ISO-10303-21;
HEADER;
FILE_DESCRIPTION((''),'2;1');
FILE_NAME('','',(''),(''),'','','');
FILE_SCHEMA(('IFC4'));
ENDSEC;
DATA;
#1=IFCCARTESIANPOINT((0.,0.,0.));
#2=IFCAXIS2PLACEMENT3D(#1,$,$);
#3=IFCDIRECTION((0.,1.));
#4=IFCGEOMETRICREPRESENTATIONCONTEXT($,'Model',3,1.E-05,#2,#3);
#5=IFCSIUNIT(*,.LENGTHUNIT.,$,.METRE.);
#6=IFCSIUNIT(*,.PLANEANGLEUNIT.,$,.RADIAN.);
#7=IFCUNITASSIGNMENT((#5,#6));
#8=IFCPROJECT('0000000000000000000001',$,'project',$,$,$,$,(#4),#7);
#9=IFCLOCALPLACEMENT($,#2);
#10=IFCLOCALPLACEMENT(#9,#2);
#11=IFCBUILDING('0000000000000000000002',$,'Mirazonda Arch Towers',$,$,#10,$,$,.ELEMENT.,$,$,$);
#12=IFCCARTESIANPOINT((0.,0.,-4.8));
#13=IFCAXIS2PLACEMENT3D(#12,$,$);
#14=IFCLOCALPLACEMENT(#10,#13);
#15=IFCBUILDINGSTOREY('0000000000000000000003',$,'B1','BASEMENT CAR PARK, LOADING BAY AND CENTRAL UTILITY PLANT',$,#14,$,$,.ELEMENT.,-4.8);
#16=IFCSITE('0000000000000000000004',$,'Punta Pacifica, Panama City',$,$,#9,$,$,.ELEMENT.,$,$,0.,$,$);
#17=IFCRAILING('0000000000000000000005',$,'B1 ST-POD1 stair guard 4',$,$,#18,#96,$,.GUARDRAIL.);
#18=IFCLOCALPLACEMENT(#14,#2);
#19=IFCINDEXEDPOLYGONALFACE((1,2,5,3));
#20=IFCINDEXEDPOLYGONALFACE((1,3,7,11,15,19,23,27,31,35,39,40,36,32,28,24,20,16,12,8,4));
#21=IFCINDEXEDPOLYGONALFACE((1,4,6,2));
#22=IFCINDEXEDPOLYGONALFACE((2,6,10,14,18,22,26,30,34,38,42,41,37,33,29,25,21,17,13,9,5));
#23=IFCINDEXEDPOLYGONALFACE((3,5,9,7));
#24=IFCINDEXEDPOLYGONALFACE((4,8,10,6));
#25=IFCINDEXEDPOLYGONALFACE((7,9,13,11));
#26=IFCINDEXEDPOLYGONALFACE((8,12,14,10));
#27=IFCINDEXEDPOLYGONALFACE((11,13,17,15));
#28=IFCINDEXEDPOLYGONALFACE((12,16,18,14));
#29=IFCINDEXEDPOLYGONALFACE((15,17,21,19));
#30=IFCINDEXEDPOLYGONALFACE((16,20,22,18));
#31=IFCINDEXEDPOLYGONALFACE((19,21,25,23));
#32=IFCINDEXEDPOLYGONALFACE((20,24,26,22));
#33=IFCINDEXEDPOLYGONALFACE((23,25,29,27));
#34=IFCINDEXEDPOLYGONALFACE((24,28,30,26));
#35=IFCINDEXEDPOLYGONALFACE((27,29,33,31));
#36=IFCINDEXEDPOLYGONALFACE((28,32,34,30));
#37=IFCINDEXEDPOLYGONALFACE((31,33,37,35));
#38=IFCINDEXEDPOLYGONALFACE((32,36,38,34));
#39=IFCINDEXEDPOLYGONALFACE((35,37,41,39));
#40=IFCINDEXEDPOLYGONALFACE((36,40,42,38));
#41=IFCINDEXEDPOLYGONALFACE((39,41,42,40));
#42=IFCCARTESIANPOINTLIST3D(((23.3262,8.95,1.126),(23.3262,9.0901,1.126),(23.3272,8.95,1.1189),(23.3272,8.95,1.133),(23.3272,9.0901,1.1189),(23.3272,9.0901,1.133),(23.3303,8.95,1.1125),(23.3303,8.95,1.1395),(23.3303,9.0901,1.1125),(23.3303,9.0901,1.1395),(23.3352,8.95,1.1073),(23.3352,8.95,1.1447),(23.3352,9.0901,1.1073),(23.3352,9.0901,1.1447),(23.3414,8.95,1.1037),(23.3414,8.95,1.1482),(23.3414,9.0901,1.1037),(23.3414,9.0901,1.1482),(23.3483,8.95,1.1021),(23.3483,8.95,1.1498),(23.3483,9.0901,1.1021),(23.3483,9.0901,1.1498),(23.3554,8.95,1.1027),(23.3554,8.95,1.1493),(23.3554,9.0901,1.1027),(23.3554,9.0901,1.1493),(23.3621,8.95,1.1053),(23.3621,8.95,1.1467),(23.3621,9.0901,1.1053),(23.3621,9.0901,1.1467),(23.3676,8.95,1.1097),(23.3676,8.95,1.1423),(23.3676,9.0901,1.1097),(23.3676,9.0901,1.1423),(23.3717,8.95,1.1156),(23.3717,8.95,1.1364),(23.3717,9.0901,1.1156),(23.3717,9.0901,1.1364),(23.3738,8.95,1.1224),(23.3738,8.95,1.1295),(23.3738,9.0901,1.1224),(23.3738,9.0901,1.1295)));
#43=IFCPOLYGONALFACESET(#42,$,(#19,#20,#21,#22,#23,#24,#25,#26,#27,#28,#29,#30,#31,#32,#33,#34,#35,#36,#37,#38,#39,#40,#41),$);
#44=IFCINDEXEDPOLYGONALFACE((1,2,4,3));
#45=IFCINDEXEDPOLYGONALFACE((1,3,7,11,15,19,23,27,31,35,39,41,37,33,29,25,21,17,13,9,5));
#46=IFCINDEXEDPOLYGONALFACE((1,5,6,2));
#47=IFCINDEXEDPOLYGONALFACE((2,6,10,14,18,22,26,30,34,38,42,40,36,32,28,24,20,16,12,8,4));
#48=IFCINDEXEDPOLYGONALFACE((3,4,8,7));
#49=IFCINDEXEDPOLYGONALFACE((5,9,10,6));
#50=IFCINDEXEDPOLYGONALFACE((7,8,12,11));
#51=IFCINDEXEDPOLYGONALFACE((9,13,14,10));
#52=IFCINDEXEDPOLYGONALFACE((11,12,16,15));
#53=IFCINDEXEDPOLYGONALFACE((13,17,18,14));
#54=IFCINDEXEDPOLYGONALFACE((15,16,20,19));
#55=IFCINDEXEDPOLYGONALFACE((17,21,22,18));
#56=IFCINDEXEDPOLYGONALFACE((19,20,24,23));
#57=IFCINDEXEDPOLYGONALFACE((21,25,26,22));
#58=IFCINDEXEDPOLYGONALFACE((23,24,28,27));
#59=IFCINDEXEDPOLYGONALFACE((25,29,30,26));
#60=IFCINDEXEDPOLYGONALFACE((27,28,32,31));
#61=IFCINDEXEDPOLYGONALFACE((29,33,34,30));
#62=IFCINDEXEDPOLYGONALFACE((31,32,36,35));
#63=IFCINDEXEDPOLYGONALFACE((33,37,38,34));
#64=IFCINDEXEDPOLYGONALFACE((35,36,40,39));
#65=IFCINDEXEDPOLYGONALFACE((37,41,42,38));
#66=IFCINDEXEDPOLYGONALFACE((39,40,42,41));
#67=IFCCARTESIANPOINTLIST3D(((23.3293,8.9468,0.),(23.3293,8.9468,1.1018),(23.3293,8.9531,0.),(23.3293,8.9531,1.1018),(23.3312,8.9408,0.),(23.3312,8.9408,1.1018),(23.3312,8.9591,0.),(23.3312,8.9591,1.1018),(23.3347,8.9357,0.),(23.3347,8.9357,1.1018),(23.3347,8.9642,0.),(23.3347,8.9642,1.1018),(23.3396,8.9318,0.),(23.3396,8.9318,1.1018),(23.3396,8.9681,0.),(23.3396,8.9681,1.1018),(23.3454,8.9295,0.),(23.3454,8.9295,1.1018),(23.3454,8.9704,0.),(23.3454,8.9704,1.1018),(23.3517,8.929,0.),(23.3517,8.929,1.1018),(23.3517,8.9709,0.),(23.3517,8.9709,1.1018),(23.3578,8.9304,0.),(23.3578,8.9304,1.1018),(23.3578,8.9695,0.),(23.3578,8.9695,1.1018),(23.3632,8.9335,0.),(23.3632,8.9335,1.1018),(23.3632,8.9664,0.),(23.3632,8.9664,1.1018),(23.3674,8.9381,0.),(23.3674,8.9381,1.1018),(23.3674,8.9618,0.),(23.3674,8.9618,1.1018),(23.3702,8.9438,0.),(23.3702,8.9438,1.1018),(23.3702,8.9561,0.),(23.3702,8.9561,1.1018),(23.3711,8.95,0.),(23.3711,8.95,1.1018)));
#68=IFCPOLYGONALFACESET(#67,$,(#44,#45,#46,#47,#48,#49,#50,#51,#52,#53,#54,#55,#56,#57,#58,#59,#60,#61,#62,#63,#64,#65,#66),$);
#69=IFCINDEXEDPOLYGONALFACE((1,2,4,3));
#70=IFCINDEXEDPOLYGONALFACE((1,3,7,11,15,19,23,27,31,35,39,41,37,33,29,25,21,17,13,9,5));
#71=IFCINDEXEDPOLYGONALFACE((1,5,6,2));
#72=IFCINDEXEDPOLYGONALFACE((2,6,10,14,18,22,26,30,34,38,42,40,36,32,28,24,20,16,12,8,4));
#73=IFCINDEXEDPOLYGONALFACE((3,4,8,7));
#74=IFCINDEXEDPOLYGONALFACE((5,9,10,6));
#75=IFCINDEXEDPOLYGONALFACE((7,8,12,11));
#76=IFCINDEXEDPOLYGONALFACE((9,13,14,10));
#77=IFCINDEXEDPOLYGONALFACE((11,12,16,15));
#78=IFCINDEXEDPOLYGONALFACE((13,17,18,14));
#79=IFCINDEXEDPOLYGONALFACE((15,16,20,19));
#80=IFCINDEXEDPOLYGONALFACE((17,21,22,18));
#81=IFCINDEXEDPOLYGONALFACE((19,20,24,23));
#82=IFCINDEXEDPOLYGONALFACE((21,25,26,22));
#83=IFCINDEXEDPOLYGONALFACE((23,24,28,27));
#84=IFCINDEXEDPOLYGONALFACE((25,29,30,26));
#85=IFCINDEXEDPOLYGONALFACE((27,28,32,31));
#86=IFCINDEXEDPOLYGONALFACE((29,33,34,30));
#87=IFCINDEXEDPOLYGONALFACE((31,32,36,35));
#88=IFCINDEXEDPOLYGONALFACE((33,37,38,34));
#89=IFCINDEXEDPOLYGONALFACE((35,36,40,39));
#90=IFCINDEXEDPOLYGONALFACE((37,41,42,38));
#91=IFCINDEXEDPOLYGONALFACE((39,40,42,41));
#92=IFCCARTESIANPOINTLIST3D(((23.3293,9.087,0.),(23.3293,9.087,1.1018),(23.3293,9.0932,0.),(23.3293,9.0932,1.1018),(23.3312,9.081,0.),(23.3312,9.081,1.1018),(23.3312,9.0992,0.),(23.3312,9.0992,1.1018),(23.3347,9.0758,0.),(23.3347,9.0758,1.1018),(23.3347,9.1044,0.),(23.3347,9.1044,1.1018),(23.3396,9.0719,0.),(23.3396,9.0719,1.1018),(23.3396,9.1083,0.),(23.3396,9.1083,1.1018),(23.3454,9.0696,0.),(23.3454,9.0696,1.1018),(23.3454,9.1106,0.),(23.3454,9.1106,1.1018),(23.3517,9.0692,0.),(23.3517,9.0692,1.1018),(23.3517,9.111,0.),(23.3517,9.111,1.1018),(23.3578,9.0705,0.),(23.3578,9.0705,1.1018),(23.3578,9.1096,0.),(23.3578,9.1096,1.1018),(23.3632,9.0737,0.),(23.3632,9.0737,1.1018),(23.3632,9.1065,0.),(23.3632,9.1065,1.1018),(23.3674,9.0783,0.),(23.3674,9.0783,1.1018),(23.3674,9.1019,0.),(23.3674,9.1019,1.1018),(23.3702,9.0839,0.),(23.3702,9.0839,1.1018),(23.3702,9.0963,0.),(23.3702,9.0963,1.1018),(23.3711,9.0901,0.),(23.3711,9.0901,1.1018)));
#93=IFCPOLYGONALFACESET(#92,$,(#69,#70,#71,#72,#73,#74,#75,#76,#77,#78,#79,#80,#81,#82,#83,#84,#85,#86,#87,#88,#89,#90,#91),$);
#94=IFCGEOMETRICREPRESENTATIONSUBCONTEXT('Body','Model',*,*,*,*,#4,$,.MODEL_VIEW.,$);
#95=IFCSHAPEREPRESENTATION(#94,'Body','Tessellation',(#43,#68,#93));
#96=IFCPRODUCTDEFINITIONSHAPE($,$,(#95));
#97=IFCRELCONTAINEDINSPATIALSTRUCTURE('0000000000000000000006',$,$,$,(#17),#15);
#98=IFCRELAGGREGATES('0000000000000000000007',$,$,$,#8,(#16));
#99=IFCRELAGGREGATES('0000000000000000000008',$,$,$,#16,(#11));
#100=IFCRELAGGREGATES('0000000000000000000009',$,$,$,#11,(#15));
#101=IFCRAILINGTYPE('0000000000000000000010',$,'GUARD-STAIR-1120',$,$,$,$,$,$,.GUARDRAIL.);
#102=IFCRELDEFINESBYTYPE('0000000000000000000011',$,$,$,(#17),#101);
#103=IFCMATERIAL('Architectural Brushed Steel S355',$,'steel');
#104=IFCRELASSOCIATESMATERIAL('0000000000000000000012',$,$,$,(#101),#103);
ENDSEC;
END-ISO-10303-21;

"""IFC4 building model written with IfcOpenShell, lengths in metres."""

from ifc_helpers import new_model, si_unit, direction, frame, origin, origin_2d, place, context, subcontext, project, spatial, circle, extrude, material, type_object, element, save


model = new_model("IFC4")

# Units and contexts
model_context = context("Model", 3, precision=1e-05, world=origin(), true_north=direction((0.0, 1.0)))
body_context = subcontext(model_context, "Body", "Model", "MODEL_VIEW")
ifc_project = project(units=[si_unit("LENGTHUNIT", "METRE"), si_unit("PLANEANGLEUNIT", "RADIAN")], contexts=[model_context])

# Site, building, storey
site_placement = place(None, origin())
site = spatial("IfcSite", under=ifc_project, at=site_placement, Name="Punta Pacifica, Panama City", CompositionType="ELEMENT", RefElevation=0.0)
building_placement = place(site_placement, origin())
building = spatial("IfcBuilding", under=site, at=building_placement, Name="Mirazonda Arch Towers", CompositionType="ELEMENT")
storey_placement = place(building_placement, frame((0.0, 0.0, -4.8)))
storey = spatial("IfcBuildingStorey", under=building, at=storey_placement, Name="B1", Description="BASEMENT CAR PARK, LOADING BAY AND CENTRAL UTILITY PLANT", CompositionType="ELEMENT", Elevation=-4.8)

# Railing
ifc_material_1 = material(Name="Architectural Brushed Steel S355", Category="steel")
railing_type_1 = type_object("IfcRailingType", Name="GUARD-STAIR-1120", PredefinedType="GUARDRAIL", material=ifc_material_1)
railing_1_placement = place(storey_placement, frame((23.3501, 8.95, 0.0)))
element("IfcRailing", 1, at=railing_1_placement, inside=storey, type_object=railing_type_1, Name="B1 ST-POD1 stair guard 4", PredefinedType="GUARDRAIL", context=body_context, shape_type="SweptSolid", body=[
    extrude(circle(Radius=0.0239, at=origin_2d()), frame((0.0, 0.0, 1.126), z_axis=(0.0, 1.0, 0.0), x_axis=(-1.0, 0.0, 0.0)), (0.0, 0.0, 1.0), 0.1401),
    extrude(circle(Radius=0.021, at=origin_2d()), origin(), (0.0, 0.0, 1.0), 1.1018),
    extrude(circle(Radius=0.021, at=origin_2d()), frame((0.0, 0.1401, 0.0)), (0.0, 0.0, 1.0), 1.1018),
])

save(model, "model.ifc")
